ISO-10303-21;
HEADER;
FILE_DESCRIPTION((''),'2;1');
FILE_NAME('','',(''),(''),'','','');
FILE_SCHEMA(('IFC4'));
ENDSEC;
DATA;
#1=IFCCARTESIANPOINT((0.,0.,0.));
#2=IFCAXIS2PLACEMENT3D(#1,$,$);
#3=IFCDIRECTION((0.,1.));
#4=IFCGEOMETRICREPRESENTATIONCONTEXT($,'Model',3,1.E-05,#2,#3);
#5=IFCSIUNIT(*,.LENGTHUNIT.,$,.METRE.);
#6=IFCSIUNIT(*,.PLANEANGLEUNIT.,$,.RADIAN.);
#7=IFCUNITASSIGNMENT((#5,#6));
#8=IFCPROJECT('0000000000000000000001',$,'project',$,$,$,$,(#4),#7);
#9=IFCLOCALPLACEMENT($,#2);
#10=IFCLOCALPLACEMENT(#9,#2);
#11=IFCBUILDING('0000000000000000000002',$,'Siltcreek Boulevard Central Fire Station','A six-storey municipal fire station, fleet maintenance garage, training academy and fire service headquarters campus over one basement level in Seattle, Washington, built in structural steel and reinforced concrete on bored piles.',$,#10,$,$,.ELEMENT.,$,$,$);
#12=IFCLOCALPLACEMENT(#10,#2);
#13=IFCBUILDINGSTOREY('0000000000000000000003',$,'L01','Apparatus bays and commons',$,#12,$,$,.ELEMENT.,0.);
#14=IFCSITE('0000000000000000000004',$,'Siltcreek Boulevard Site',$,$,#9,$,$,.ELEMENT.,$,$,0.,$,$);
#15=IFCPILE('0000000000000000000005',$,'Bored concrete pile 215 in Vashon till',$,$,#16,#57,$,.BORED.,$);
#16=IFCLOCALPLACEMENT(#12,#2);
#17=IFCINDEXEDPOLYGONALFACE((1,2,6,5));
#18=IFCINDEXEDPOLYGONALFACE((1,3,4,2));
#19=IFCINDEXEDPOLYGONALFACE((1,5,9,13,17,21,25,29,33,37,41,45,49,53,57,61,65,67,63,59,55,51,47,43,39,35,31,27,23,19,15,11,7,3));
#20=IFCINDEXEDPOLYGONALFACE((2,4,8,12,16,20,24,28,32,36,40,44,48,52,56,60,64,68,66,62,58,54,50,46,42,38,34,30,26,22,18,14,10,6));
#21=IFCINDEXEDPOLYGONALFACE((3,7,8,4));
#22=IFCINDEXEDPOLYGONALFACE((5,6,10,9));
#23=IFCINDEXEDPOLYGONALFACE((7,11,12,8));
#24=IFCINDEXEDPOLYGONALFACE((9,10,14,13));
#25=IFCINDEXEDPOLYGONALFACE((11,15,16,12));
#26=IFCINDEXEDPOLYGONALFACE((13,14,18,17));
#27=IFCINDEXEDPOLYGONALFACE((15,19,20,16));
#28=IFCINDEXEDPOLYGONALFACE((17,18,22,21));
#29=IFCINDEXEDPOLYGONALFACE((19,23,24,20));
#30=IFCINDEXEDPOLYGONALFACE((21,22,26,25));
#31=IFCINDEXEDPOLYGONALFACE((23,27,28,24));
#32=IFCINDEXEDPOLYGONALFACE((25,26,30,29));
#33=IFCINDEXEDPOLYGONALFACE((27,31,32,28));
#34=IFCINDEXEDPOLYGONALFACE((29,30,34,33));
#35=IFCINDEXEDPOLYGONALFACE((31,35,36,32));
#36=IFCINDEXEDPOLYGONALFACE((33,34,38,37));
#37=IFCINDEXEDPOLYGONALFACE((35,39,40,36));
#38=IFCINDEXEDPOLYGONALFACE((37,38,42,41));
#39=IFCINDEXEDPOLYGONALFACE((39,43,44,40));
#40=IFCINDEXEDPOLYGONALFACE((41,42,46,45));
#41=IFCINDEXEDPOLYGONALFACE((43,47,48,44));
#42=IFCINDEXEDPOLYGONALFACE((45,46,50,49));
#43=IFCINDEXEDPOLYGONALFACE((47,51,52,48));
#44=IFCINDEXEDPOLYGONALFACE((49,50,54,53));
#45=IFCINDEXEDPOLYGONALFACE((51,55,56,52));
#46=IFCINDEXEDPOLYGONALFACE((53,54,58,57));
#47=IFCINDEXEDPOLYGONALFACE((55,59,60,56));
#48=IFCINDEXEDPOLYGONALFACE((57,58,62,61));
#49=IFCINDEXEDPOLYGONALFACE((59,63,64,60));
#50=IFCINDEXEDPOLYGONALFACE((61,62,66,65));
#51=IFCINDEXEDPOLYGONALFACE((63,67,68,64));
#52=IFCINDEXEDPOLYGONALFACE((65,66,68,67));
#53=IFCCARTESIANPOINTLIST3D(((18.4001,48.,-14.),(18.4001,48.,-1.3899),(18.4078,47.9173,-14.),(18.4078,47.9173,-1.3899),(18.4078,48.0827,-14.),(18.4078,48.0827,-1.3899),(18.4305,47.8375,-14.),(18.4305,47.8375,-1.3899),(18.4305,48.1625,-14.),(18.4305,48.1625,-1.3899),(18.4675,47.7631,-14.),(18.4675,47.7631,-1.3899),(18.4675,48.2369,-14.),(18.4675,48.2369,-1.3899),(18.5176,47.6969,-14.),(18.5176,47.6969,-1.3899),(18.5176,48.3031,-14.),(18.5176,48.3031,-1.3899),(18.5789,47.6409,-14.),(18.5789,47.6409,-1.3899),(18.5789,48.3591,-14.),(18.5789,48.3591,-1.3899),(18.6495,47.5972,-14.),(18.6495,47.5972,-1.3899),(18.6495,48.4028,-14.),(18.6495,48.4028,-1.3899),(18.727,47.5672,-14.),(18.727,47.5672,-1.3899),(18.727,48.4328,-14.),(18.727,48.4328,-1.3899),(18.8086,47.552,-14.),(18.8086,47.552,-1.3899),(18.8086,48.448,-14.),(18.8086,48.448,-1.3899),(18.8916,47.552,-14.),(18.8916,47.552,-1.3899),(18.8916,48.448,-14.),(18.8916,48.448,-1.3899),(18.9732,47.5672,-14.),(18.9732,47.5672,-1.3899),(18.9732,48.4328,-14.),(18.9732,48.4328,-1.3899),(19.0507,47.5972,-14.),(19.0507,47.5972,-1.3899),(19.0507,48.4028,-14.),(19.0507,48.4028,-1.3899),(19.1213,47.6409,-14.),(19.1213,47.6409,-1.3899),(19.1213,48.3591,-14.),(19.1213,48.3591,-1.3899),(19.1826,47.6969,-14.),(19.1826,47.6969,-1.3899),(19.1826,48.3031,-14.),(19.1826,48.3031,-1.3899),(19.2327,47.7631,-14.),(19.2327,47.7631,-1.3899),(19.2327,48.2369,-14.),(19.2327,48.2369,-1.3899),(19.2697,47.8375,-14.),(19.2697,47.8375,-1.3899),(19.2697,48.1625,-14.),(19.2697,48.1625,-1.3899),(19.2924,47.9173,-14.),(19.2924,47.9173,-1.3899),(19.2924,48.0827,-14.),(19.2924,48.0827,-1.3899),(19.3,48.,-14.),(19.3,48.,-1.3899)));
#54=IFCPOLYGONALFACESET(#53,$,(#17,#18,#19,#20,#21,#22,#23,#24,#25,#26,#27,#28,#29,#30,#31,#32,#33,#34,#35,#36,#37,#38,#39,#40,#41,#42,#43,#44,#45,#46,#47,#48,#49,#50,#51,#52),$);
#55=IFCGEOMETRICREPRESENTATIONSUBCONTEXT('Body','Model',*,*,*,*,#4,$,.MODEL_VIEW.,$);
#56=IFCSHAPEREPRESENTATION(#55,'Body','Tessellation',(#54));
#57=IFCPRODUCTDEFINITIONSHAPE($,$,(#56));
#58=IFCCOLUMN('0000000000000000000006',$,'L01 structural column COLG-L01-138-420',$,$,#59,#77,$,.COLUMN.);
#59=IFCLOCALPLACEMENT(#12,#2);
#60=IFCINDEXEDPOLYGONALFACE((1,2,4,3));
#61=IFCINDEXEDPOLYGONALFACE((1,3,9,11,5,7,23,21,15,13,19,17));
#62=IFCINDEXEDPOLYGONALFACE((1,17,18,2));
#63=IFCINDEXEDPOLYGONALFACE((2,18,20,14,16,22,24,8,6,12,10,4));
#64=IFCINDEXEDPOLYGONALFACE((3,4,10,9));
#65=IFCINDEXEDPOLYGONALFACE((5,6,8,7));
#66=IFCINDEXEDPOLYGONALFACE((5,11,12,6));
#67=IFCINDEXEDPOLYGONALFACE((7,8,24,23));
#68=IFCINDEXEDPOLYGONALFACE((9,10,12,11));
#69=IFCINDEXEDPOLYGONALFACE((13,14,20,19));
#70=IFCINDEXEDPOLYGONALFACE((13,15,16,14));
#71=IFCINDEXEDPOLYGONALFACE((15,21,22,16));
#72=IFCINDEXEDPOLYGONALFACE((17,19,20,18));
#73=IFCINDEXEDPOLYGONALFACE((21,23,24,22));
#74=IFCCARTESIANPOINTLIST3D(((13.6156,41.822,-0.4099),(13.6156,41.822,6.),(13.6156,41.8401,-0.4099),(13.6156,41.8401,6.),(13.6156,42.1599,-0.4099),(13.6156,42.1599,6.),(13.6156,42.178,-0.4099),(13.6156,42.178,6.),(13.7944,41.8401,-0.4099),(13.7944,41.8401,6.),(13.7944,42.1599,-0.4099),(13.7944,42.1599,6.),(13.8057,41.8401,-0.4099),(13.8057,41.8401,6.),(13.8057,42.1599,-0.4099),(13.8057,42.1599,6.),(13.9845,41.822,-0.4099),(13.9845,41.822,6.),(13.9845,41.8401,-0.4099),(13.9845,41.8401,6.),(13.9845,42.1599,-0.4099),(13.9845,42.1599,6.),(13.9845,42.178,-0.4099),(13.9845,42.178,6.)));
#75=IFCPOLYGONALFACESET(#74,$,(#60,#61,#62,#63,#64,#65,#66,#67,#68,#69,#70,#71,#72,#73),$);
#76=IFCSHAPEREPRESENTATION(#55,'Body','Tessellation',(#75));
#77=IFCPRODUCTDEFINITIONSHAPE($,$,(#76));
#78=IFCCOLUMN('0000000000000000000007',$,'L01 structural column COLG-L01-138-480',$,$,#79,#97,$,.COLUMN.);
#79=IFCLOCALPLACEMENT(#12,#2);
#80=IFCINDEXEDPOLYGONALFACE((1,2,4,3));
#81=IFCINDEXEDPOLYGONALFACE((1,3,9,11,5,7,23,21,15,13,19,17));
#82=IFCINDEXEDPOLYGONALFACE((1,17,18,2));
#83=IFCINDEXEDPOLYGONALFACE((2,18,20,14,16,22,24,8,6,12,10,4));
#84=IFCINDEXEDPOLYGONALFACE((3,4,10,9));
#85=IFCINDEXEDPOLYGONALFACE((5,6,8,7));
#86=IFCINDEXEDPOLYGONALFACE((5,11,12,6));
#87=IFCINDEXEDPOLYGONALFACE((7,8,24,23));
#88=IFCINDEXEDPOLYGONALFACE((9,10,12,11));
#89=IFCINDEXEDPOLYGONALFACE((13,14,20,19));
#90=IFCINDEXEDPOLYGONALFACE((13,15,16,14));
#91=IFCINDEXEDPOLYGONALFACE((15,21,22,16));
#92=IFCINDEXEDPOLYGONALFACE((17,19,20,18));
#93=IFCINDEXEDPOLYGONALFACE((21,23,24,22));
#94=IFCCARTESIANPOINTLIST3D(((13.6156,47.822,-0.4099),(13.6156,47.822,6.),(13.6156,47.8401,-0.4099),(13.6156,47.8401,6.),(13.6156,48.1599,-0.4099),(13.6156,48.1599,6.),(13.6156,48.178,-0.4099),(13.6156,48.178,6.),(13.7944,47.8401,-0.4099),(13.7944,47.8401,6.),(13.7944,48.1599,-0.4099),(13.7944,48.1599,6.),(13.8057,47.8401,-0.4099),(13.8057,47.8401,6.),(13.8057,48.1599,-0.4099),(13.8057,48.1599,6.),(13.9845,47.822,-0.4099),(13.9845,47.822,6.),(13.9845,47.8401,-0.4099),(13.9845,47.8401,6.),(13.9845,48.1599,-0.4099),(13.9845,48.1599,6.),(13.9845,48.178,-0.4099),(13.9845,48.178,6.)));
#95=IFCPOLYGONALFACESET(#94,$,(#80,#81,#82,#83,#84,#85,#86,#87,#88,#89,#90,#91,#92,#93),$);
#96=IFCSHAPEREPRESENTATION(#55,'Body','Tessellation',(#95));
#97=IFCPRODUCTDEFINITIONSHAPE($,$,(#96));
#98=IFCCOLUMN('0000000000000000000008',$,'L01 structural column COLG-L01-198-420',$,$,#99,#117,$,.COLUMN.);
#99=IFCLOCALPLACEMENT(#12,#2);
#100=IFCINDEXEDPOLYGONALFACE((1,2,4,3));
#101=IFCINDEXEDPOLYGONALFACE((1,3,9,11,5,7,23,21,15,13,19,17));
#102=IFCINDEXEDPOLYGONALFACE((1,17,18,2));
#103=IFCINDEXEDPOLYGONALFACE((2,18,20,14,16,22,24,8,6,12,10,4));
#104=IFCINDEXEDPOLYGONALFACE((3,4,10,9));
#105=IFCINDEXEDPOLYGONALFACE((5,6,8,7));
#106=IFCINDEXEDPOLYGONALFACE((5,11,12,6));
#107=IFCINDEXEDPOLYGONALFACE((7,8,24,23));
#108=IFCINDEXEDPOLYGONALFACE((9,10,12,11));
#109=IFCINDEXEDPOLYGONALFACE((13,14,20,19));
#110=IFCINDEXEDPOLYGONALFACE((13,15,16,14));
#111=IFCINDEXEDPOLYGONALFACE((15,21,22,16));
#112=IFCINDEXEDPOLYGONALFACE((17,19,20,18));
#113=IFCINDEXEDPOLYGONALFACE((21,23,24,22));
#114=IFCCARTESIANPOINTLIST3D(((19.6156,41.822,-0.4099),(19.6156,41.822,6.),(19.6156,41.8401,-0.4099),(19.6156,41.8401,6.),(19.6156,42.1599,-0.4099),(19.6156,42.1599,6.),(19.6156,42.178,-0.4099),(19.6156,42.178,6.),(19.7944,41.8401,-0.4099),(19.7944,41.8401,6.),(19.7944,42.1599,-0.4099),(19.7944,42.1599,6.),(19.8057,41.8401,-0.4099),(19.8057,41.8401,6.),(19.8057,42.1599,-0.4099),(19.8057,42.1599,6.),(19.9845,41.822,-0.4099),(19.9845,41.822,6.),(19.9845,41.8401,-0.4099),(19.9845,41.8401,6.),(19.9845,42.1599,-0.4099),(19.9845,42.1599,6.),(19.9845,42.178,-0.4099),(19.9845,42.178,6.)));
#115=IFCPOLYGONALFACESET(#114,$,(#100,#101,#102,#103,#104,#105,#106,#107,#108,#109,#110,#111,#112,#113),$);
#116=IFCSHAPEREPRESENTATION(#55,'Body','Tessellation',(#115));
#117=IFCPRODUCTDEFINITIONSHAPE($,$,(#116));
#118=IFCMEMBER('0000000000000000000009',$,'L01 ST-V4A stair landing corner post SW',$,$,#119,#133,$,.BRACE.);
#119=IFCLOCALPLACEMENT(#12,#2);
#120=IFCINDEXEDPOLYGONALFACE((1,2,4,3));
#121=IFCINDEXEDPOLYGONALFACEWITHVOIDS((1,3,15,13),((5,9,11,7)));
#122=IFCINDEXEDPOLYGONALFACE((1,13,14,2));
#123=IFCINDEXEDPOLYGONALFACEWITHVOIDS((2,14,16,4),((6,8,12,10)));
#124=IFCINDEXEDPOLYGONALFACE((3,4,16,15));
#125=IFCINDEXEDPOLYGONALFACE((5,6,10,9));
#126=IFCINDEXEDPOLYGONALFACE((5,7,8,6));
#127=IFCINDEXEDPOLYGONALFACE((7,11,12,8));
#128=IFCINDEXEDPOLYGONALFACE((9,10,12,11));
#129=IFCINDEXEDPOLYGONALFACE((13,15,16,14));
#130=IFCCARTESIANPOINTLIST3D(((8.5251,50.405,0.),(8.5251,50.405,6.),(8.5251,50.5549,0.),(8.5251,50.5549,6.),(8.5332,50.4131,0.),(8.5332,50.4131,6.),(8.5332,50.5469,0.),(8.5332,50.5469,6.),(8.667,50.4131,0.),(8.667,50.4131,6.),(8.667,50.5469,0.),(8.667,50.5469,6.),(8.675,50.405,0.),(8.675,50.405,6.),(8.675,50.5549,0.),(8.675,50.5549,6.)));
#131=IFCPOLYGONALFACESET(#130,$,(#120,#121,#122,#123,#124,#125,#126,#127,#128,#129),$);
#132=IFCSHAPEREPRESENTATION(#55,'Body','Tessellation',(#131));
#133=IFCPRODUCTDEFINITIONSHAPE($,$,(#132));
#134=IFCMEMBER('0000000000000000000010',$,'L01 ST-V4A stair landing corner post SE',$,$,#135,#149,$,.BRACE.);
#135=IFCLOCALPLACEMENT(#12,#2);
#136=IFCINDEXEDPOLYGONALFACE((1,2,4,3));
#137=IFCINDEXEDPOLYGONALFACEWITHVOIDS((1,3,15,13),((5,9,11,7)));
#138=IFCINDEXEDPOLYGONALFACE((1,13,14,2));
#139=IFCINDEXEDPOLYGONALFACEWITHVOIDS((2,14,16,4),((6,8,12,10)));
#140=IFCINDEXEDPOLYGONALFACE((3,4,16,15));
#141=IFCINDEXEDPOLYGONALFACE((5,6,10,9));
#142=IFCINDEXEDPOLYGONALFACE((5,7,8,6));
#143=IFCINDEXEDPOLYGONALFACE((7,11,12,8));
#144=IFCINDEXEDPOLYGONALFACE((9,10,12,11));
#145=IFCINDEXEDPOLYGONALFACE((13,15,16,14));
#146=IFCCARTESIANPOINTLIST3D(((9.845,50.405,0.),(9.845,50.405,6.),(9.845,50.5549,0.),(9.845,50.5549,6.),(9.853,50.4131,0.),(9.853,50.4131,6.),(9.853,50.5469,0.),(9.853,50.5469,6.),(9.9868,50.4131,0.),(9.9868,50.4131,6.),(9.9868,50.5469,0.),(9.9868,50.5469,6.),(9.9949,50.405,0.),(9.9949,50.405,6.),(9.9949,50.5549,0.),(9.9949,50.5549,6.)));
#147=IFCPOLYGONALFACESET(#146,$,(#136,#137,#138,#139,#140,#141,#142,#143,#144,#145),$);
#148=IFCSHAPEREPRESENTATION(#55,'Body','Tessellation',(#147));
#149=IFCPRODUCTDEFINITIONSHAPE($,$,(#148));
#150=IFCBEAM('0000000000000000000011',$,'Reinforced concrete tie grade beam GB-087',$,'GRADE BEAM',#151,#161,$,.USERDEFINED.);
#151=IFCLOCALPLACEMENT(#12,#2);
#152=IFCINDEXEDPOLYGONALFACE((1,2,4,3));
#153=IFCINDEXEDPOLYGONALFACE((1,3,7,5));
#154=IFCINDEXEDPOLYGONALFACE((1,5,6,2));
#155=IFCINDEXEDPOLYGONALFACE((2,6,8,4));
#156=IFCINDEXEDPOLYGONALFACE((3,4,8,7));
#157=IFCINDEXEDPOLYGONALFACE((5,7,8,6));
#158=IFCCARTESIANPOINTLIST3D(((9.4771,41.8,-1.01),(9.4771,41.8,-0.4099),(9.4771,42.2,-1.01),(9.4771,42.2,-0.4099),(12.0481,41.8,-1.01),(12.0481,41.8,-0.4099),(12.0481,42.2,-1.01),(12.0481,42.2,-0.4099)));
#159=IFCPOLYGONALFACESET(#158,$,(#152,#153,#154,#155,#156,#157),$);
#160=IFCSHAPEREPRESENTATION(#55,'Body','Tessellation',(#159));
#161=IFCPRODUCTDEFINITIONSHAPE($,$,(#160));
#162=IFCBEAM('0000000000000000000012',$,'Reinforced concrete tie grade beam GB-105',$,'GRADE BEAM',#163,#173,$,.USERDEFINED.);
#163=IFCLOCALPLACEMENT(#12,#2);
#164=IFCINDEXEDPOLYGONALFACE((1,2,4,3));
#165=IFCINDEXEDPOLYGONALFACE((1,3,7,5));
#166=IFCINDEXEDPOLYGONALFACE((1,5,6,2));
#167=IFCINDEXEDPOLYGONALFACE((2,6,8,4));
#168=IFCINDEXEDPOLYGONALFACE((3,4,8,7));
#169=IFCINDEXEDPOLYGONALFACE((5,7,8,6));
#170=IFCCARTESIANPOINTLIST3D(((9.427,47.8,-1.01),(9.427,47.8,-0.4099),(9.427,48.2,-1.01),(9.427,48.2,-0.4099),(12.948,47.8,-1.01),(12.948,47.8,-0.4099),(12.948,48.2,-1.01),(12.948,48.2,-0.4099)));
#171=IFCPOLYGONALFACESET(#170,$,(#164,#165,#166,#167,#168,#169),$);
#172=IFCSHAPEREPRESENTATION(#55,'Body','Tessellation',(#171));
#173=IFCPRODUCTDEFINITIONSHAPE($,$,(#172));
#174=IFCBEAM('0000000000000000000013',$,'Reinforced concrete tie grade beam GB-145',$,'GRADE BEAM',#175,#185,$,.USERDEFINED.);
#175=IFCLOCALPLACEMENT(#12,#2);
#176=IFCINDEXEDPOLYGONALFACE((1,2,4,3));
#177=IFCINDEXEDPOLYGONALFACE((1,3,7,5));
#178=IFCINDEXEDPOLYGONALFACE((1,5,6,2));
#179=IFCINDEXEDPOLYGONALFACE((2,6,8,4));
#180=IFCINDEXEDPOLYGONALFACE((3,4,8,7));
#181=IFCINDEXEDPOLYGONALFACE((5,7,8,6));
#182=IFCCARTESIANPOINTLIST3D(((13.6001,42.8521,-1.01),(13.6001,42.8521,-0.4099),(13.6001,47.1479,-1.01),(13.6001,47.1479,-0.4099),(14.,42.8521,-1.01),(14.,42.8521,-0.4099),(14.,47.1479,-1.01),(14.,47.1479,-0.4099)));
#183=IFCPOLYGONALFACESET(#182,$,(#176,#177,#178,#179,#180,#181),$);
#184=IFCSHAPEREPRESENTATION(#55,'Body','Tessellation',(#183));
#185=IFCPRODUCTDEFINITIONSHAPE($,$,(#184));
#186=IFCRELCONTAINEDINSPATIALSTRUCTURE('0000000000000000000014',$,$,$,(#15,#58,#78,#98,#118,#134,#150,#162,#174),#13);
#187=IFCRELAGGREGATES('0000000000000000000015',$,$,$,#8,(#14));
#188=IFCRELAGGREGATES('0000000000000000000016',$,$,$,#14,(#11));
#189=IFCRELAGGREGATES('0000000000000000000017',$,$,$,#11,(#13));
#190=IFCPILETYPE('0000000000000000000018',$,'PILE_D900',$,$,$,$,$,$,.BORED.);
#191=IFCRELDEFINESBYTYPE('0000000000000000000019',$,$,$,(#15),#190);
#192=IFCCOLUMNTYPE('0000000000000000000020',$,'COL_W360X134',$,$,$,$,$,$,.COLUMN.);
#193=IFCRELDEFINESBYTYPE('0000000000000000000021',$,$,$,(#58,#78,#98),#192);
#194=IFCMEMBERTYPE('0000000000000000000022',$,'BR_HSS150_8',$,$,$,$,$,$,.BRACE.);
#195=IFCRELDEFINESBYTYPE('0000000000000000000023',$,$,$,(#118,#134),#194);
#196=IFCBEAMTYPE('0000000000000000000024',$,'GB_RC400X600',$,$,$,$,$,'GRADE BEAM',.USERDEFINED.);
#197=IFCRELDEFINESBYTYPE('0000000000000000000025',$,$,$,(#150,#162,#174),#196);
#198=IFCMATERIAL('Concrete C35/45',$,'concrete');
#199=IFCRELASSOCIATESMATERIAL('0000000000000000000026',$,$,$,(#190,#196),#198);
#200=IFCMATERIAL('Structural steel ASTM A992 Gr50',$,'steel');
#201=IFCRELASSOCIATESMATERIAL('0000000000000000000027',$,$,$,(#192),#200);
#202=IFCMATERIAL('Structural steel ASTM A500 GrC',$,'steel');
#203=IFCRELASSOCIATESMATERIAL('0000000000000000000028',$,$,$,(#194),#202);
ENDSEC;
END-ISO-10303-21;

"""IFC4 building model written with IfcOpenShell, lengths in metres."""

from ifc_helpers import new_model, si_unit, direction, frame, origin, origin_2d, place, context, subcontext, project, spatial, rectangle, hollow_rectangle, circle, i_section, extrude, material, material_profile, profile_set, type_object, element, save


model = new_model("IFC4")

# Units and contexts
model_context = context("Model", 3, precision=1e-05, world=origin(), true_north=direction((0.0, 1.0)))
body_context = subcontext(model_context, "Body", "Model", "MODEL_VIEW")
ifc_project = project(units=[si_unit("LENGTHUNIT", "METRE"), si_unit("PLANEANGLEUNIT", "RADIAN")], contexts=[model_context])

# Site, building, storey
site_placement = place(None, origin())
site = spatial("IfcSite", under=ifc_project, at=site_placement, Name="Siltcreek Boulevard Site", CompositionType="ELEMENT", RefElevation=0.0)
building_placement = place(site_placement, origin())
building = spatial("IfcBuilding", under=site, at=building_placement, Name="Siltcreek Boulevard Central Fire Station", Description="A six-storey municipal fire station, fleet maintenance garage, training academy and fire service headquarters campus over one basement level in Seattle, Washington, built in structural steel and reinforced concrete on bored piles.", CompositionType="ELEMENT")
storey_placement = place(building_placement, origin())
storey = spatial("IfcBuildingStorey", under=building, at=storey_placement, Name="L01", Description="Apparatus bays and commons", CompositionType="ELEMENT", Elevation=0.0)

# Shared definitions
ifc_material_1 = material(Name="Concrete C35/45", Category="concrete")

# Pile
ifc_material_profile_1 = material_profile(ifc_material_1, circle(Radius=0.45, at=origin_2d()), Name="SHAFT900")
ifc_profile_set_1 = profile_set([ifc_material_profile_1], Name="Concrete C35/45")
pile_type_1 = type_object("IfcPileType", Name="PILE_D900", PredefinedType="BORED", material=ifc_profile_set_1)
pile_1_placement = place(storey_placement, frame((18.8501, 48.0, -1.3899), z_axis=(0.0, 0.0, -1.0), x_axis=(1.0, 0.0, 0.0)))
element("IfcPile", 1, at=pile_1_placement, inside=storey, type_object=pile_type_1, Name="Bored concrete pile 215 in Vashon till", PredefinedType="BORED", context=body_context, shape_type="SweptSolid", body=[
    extrude(circle(Radius=0.45, at=origin_2d()), origin(), (0.0, 0.0, 1.0), 12.6101),
])

# Columns
ifc_material_2 = material(Name="Structural steel ASTM A992 Gr50", Category="steel")
ifc_material_profile_2 = material_profile(ifc_material_2, i_section(OverallWidth=0.3689, OverallDepth=0.356, WebThickness=0.0112, FlangeThickness=0.0181, at=origin_2d()), Name="W360X134")
ifc_profile_set_2 = profile_set([ifc_material_profile_2], Name="Structural steel ASTM A992 Gr50")
column_type = type_object("IfcColumnType", Name="COL_W360X134", PredefinedType="COLUMN", material=ifc_profile_set_2)
for number, where, z_axis, x_axis, name in (
    (2, (13.8, 42.0, -0.4099), (0.0, 0.0, 1.0), (1.0, 0.0, 0.0), "L01 structural column COLG-L01-138-420"),
    (3, (13.8, 48.0, -0.4099), (0.0, 0.0, 1.0), (1.0, 0.0, 0.0), "L01 structural column COLG-L01-138-480"),
    (4, (19.8, 42.0, -0.4099), (0.0, 0.0, 1.0), (1.0, 0.0, 0.0), "L01 structural column COLG-L01-198-420"),
):
    element("IfcColumn", number, at=place(storey_placement, frame(where, z_axis=z_axis, x_axis=x_axis)), inside=storey, type_object=column_type, Name=name, PredefinedType="COLUMN", context=body_context, shape_type="SweptSolid", body=[
        extrude(i_section(OverallWidth=0.3689, OverallDepth=0.356, WebThickness=0.0112, FlangeThickness=0.0181, at=origin_2d()), origin(), (0.0, 0.0, 1.0), 6.4099),
    ])

# Members
ifc_material_3 = material(Name="Structural steel ASTM A500 GrC", Category="steel")
ifc_material_profile_3 = material_profile(ifc_material_3, hollow_rectangle(XDim=0.1499, YDim=0.1499, WallThickness=0.0081, at=origin_2d()), Name="HSS150X150X8.0")
ifc_profile_set_3 = profile_set([ifc_material_profile_3], Name="Structural steel ASTM A500 GrC")
member_type = type_object("IfcMemberType", Name="BR_HSS150_8", PredefinedType="BRACE", material=ifc_profile_set_3)
for number, where, z_axis, x_axis, name in (
    (5, (8.6001, 50.48, 0.0), (0.0, 0.0, 1.0), (1.0, 0.0, 0.0), "L01 ST-V4A stair landing corner post SW"),
    (6, (9.9199, 50.48, 0.0), (0.0, 0.0, 1.0), (1.0, 0.0, 0.0), "L01 ST-V4A stair landing corner post SE"),
):
    element("IfcMember", number, at=place(storey_placement, frame(where, z_axis=z_axis, x_axis=x_axis)), inside=storey, type_object=member_type, Name=name, PredefinedType="BRACE", context=body_context, shape_type="SweptSolid", body=[
        extrude(hollow_rectangle(XDim=0.1499, YDim=0.1499, WallThickness=0.0081, at=origin_2d()), origin(), (0.0, 0.0, 1.0), 6.0),
    ])

# Beams
ifc_material_profile_4 = material_profile(ifc_material_1, rectangle(XDim=0.3999, YDim=0.6001, at=origin_2d()), Name="RC400X600")
ifc_profile_set_4 = profile_set([ifc_material_profile_4], Name="Concrete C35/45")
beam_type_1 = type_object("IfcBeamType", Name="GB_RC400X600", ElementType="GRADE BEAM", PredefinedType="USERDEFINED", material=ifc_profile_set_4)
beam_1_placement = place(storey_placement, frame((9.4771, 42.0, -0.71), z_axis=(1.0, 0.0, 0.0), x_axis=(0.0, 1.0, 0.0)))
element("IfcBeam", 7, at=beam_1_placement, inside=storey, type_object=beam_type_1, Name="Reinforced concrete tie grade beam GB-087", ObjectType="GRADE BEAM", PredefinedType="USERDEFINED", context=body_context, shape_type="SweptSolid", body=[
    extrude(rectangle(XDim=0.3999, YDim=0.6001, at=origin_2d()), origin(), (0.0, 0.0, 1.0), 2.571),
])
beam_2_placement = place(storey_placement, frame((9.427, 48.0, -0.71), z_axis=(1.0, 0.0, 0.0), x_axis=(0.0, 1.0, 0.0)))
element("IfcBeam", 8, at=beam_2_placement, inside=storey, type_object=beam_type_1, Name="Reinforced concrete tie grade beam GB-105", ObjectType="GRADE BEAM", PredefinedType="USERDEFINED", context=body_context, shape_type="SweptSolid", body=[
    extrude(rectangle(XDim=0.3999, YDim=0.6001, at=origin_2d()), origin(), (0.0, 0.0, 1.0), 3.521),
])
beam_3_placement = place(storey_placement, frame((13.8, 42.8521, -0.71), z_axis=(0.0, 1.0, 0.0), x_axis=(-1.0, 0.0, 0.0)))
element("IfcBeam", 9, at=beam_3_placement, inside=storey, type_object=beam_type_1, Name="Reinforced concrete tie grade beam GB-145", ObjectType="GRADE BEAM", PredefinedType="USERDEFINED", context=body_context, shape_type="SweptSolid", body=[
    extrude(rectangle(XDim=0.3999, YDim=0.6001, at=origin_2d()), origin(), (0.0, 0.0, 1.0), 4.2959),
])

save(model, "model.ifc")
